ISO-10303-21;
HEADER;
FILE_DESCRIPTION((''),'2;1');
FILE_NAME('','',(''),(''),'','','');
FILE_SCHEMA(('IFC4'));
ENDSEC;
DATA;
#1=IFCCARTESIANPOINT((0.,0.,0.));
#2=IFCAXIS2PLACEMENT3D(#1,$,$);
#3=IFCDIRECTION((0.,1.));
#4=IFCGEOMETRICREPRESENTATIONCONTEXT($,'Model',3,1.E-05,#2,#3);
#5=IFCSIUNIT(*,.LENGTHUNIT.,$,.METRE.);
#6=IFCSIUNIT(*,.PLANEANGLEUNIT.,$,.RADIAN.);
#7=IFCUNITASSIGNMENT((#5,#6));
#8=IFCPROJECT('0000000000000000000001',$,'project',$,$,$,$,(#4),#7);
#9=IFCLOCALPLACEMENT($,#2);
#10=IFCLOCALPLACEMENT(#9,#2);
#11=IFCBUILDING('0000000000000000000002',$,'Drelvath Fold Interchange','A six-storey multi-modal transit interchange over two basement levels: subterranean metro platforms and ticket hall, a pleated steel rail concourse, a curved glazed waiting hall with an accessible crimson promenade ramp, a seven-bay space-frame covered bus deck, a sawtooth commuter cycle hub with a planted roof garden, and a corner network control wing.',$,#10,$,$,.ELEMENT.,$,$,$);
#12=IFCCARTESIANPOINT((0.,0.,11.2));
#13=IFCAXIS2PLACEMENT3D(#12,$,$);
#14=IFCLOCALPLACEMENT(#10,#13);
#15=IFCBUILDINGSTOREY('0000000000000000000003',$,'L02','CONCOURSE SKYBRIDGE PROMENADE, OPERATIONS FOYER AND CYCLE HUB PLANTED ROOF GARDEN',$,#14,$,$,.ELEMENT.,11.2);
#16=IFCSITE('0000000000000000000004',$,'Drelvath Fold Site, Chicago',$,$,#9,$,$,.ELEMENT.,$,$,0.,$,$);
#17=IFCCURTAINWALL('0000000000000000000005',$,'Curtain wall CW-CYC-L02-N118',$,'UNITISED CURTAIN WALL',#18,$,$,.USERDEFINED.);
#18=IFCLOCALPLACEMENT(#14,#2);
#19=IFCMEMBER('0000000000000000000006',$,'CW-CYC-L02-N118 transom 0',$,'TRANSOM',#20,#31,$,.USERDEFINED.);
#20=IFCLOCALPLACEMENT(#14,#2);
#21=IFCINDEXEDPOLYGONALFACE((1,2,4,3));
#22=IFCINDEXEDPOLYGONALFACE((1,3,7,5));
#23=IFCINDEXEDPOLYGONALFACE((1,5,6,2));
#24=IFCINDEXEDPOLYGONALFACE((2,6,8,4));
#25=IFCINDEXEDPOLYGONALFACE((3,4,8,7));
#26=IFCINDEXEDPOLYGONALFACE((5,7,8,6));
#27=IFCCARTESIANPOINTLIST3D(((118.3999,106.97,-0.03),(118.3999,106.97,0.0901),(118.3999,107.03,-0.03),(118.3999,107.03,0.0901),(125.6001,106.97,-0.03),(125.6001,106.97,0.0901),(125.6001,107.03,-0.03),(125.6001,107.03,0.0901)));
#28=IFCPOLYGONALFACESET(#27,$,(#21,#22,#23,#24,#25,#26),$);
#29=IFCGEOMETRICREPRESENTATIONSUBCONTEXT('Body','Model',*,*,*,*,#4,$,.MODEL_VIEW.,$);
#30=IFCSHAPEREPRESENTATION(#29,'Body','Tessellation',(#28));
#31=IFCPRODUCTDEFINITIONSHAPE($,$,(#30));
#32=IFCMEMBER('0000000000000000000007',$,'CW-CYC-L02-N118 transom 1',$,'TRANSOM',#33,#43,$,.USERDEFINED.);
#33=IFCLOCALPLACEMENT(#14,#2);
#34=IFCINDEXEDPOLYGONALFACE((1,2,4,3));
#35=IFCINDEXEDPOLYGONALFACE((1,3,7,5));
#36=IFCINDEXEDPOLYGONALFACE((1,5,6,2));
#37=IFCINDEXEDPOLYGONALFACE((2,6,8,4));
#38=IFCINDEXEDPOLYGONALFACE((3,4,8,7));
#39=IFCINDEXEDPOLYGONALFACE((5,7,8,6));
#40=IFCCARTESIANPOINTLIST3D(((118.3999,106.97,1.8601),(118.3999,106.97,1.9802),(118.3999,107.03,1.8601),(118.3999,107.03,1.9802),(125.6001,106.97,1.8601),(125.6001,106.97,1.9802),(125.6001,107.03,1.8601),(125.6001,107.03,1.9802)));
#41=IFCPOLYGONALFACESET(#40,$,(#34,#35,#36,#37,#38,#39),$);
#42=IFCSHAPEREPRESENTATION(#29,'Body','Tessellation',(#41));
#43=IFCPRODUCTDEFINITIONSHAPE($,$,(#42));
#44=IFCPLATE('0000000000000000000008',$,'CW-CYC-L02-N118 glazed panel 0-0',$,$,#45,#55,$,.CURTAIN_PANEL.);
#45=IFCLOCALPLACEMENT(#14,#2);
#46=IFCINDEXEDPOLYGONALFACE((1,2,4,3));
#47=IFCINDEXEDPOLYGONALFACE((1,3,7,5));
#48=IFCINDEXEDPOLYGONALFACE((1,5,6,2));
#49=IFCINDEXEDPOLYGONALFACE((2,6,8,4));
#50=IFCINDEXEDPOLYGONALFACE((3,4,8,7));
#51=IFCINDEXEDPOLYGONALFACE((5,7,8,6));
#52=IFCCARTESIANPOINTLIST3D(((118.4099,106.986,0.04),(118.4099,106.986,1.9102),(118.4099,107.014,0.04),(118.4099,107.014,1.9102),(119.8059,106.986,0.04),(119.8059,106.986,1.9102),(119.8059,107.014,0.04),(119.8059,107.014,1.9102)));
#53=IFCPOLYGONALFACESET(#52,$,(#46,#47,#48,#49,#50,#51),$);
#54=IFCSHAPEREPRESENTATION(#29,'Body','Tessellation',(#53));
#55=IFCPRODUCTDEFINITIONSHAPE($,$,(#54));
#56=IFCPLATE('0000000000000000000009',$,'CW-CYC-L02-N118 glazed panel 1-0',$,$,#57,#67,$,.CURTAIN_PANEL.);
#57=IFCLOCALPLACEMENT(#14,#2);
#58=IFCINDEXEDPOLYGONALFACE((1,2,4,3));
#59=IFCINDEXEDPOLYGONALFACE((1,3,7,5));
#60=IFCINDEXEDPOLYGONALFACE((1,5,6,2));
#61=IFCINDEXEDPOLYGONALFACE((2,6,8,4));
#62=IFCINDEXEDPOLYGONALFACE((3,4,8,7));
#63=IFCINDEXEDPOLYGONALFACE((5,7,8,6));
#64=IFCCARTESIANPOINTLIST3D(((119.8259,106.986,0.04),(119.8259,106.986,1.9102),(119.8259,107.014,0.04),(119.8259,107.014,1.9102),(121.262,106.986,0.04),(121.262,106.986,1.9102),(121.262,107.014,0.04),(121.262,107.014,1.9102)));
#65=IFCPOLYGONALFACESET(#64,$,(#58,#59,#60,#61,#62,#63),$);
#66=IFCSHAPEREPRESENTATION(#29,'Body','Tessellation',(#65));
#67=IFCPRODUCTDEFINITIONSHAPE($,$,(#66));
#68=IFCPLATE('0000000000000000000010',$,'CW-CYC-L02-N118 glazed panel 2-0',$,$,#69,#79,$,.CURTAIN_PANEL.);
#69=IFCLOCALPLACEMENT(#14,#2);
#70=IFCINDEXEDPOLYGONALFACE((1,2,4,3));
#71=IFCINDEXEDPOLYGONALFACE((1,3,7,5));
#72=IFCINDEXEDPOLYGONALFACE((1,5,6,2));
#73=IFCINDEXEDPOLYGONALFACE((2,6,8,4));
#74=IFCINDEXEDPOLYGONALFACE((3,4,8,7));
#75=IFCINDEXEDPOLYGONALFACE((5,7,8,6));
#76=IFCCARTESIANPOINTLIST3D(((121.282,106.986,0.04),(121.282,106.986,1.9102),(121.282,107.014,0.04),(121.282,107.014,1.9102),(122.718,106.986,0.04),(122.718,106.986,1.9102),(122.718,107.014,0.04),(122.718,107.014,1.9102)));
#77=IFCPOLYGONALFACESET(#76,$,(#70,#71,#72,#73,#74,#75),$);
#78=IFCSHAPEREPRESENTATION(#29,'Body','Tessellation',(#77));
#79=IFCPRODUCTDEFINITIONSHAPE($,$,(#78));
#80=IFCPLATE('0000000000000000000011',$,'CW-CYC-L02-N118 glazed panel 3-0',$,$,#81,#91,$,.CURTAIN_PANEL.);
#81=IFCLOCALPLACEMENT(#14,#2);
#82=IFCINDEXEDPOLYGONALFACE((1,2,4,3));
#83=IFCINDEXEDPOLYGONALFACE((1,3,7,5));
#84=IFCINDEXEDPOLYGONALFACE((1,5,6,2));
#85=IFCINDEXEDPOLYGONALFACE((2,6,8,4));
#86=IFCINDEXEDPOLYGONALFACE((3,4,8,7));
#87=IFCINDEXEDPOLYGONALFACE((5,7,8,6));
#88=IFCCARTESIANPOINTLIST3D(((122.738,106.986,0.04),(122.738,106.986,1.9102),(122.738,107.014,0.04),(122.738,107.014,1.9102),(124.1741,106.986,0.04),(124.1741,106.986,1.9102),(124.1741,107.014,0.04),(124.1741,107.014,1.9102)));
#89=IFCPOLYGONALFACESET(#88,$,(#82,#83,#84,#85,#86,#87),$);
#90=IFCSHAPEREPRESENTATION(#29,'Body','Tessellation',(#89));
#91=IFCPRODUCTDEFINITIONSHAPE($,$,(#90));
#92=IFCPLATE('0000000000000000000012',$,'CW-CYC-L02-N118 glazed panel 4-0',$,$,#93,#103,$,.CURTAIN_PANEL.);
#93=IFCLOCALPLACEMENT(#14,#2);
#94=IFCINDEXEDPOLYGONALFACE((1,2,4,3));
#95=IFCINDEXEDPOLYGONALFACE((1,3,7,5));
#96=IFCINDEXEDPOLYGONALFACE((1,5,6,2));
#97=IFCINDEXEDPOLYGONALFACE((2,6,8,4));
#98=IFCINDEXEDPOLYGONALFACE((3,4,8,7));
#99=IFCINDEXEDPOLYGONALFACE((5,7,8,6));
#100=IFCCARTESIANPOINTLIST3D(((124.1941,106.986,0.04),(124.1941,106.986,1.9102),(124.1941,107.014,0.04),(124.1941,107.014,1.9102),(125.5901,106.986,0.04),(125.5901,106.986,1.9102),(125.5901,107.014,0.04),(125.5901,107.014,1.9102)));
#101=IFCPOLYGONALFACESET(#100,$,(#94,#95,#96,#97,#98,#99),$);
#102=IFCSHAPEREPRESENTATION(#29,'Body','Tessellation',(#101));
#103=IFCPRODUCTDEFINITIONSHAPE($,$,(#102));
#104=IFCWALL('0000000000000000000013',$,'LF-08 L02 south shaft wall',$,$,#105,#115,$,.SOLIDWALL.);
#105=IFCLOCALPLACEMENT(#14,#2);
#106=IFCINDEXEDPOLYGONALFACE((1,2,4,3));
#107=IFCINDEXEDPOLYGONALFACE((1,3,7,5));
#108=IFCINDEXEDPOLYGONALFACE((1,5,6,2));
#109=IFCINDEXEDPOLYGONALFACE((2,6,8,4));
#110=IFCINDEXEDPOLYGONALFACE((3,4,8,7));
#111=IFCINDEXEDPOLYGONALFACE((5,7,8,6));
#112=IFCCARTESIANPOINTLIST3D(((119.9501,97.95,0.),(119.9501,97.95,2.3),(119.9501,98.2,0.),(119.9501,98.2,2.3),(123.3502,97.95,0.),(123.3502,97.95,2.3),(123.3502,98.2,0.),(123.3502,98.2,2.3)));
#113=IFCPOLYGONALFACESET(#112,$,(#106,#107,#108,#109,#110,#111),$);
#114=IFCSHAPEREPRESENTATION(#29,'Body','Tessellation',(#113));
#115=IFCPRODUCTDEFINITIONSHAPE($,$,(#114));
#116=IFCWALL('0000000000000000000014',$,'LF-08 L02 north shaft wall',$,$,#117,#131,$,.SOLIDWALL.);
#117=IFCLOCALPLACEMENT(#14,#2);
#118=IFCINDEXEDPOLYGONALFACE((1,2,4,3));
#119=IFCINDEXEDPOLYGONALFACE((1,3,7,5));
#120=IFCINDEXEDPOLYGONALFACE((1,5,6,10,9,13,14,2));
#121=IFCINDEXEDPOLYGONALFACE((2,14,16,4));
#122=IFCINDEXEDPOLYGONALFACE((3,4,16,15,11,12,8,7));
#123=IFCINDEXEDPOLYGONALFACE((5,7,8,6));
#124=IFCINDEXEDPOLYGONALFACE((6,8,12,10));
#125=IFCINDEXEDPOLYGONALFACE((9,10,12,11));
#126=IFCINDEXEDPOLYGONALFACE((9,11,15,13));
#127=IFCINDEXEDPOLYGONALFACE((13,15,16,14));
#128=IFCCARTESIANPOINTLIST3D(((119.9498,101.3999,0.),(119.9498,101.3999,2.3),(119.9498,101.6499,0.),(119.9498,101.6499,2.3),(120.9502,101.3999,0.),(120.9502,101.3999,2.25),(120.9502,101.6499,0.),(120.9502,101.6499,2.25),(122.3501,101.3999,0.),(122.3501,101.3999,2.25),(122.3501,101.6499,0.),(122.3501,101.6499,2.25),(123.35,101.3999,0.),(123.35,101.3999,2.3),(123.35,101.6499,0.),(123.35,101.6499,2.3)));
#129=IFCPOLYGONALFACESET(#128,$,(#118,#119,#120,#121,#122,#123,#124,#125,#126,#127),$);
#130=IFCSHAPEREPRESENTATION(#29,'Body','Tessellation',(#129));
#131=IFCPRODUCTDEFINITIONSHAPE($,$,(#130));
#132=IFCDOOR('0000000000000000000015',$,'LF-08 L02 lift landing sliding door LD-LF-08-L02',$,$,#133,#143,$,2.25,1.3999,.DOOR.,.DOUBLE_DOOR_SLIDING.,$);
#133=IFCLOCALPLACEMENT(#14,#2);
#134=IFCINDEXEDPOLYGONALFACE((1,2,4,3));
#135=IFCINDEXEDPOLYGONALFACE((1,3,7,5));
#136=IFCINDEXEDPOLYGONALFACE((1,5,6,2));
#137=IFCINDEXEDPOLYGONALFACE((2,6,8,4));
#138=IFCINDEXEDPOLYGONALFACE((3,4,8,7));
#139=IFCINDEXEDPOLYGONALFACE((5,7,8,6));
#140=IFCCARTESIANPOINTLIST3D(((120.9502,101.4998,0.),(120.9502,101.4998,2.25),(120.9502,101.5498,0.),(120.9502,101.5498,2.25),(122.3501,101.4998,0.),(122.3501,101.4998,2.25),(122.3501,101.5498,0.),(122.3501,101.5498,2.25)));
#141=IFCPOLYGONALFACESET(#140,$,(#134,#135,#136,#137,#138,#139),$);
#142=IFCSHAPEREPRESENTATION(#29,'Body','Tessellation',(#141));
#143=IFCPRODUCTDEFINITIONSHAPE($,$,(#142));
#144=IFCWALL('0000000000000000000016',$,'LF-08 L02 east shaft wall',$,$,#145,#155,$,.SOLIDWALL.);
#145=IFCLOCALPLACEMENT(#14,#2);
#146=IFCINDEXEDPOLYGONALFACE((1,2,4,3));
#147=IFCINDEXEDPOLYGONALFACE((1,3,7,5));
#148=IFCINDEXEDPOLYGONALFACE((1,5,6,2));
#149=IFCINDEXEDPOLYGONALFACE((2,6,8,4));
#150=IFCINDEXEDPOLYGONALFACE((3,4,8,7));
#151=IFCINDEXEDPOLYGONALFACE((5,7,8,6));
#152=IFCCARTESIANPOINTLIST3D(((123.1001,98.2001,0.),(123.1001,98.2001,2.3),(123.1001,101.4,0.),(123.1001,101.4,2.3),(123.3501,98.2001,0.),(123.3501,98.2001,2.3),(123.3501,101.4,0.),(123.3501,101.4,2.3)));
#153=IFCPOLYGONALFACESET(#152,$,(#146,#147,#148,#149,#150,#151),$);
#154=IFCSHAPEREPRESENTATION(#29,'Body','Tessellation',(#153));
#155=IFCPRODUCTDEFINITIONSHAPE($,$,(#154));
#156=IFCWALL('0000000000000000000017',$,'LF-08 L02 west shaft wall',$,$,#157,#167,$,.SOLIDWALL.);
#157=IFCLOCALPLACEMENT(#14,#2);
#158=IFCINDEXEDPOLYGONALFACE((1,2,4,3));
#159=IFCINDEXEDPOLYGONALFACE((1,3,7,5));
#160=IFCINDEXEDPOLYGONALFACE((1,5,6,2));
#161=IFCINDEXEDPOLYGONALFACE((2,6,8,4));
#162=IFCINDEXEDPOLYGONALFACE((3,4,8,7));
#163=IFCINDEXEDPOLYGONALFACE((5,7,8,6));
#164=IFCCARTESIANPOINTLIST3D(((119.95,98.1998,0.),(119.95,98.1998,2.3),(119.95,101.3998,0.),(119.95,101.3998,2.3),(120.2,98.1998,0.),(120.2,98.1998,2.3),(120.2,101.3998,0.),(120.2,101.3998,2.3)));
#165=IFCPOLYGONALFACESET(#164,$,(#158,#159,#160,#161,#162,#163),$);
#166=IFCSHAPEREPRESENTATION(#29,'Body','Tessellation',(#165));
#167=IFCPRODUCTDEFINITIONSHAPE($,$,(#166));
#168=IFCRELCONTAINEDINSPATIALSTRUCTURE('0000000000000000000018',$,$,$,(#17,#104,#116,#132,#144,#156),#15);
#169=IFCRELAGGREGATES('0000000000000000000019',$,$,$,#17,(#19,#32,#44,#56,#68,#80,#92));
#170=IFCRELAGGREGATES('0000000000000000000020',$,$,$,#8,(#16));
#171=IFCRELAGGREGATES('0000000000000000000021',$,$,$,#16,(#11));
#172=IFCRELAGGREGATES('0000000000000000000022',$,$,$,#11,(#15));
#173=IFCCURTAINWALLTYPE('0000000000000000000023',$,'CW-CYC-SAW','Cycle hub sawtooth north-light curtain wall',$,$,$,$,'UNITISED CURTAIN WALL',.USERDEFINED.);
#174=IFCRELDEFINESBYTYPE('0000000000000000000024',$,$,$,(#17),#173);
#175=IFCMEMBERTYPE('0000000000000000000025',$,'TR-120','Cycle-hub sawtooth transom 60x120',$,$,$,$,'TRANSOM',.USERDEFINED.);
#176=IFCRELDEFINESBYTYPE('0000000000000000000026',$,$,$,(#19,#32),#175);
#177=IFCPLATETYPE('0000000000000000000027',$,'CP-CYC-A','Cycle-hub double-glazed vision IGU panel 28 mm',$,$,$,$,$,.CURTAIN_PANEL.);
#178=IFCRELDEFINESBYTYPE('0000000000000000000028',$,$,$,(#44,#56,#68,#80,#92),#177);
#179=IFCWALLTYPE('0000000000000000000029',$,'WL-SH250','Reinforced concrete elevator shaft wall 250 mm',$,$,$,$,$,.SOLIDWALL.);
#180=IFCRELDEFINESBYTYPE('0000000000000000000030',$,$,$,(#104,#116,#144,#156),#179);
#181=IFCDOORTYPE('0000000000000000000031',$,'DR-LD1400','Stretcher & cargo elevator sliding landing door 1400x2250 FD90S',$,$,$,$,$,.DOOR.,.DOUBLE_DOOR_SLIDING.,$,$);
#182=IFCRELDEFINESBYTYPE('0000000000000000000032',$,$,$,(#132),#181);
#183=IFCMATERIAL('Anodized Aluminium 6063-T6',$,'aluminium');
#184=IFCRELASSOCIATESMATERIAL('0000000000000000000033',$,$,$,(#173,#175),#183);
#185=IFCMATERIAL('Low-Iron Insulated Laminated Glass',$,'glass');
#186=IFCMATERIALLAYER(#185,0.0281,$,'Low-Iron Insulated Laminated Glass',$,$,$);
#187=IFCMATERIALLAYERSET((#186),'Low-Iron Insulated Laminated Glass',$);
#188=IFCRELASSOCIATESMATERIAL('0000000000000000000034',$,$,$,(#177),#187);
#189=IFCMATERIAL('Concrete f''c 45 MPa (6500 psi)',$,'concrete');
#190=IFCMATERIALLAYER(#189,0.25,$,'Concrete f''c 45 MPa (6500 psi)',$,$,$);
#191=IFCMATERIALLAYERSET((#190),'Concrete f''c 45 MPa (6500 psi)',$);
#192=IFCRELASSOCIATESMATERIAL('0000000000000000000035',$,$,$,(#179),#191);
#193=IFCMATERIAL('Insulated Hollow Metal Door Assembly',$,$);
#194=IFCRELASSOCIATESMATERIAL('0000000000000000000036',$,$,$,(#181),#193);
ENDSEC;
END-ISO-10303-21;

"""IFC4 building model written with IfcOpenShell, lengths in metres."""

from ifc_helpers import new_model, si_unit, direction, frame, frame_2d, origin, origin_2d, place, context, subcontext, project, spatial, rectangle, extrude, material, layer, layer_set, material_profile, profile_set, type_object, element, fill, aggregate, save


model = new_model("IFC4")

# Units and contexts
model_context = context("Model", 3, precision=1e-05, world=origin(), true_north=direction((0.0, 1.0)))
body_context = subcontext(model_context, "Body", "Model", "MODEL_VIEW")
ifc_project = project(units=[si_unit("LENGTHUNIT", "METRE"), si_unit("PLANEANGLEUNIT", "RADIAN")], contexts=[model_context])

# Site, building, storey
site_placement = place(None, origin())
site = spatial("IfcSite", under=ifc_project, at=site_placement, Name="Drelvath Fold Site, Chicago", CompositionType="ELEMENT", RefElevation=0.0)
building_placement = place(site_placement, origin())
building = spatial("IfcBuilding", under=site, at=building_placement, Name="Drelvath Fold Interchange", Description="A six-storey multi-modal transit interchange over two basement levels: subterranean metro platforms and ticket hall, a pleated steel rail concourse, a curved glazed waiting hall with an accessible crimson promenade ramp, a seven-bay space-frame covered bus deck, a sawtooth commuter cycle hub with a planted roof garden, and a corner network control wing.", CompositionType="ELEMENT")
storey_placement = place(building_placement, frame((0.0, 0.0, 11.2)))
storey = spatial("IfcBuildingStorey", under=building, at=storey_placement, Name="L02", Description="CONCOURSE SKYBRIDGE PROMENADE, OPERATIONS FOYER AND CYCLE HUB PLANTED ROOF GARDEN", CompositionType="ELEMENT", Elevation=11.2)

# Curtain wall, members, plates
ifc_material_1 = material(Name="Anodized Aluminium 6063-T6", Category="aluminium")
curtain_wall_type = type_object("IfcCurtainWallType", Name="CW-CYC-SAW", Description="Cycle hub sawtooth north-light curtain wall", ElementType="UNITISED CURTAIN WALL", PredefinedType="USERDEFINED", material=ifc_material_1)
curtain_wall_placement = place(storey_placement, origin())
curtain_wall = element("IfcCurtainWall", 1, at=curtain_wall_placement, inside=storey, type_object=curtain_wall_type, Name="Curtain wall CW-CYC-L02-N118", ObjectType="UNITISED CURTAIN WALL", PredefinedType="USERDEFINED")
ifc_material_profile_1 = material_profile(ifc_material_1, rectangle(XDim=0.0601, YDim=0.1201, at=origin_2d()), Name="AL-T 60x120")
ifc_profile_set_1 = profile_set([ifc_material_profile_1], Name="Anodized Aluminium 6063-T6")
member_type_1 = type_object("IfcMemberType", Name="TR-120", Description="Cycle-hub sawtooth transom 60x120", ElementType="TRANSOM", PredefinedType="USERDEFINED", material=ifc_profile_set_1)
member_1_placement = place(storey_placement, frame((118.3999, 107.0, 0.03), z_axis=(1.0, 0.0, 0.0), x_axis=(0.0, 1.0, 0.0)))
member_1 = element("IfcMember", 2, at=member_1_placement, type_object=member_type_1, Name="CW-CYC-L02-N118 transom 0", ObjectType="TRANSOM", PredefinedType="USERDEFINED", context=body_context, shape_type="SweptSolid", body=[
    extrude(rectangle(XDim=0.0601, YDim=0.1201, at=origin_2d()), origin(), (0.0, 0.0, 1.0), 7.2002),
])
member_2_placement = place(storey_placement, frame((118.3999, 107.0, 1.9202), z_axis=(1.0, 0.0, 0.0), x_axis=(0.0, 1.0, 0.0)))
member_2 = element("IfcMember", 3, at=member_2_placement, type_object=member_type_1, Name="CW-CYC-L02-N118 transom 1", ObjectType="TRANSOM", PredefinedType="USERDEFINED", context=body_context, shape_type="SweptSolid", body=[
    extrude(rectangle(XDim=0.0601, YDim=0.1201, at=origin_2d()), origin(), (0.0, 0.0, 1.0), 7.2002),
])
ifc_material_2 = material(Name="Low-Iron Insulated Laminated Glass", Category="glass")
ifc_layer_1 = layer(ifc_material_2, 0.0281, Name="Low-Iron Insulated Laminated Glass")
ifc_layer_set_1 = layer_set([ifc_layer_1], Name="Low-Iron Insulated Laminated Glass")
plate_type = type_object("IfcPlateType", Name="CP-CYC-A", Description="Cycle-hub double-glazed vision IGU panel 28 mm", PredefinedType="CURTAIN_PANEL", material=ifc_layer_set_1)
plate_1_placement = place(storey_placement, frame((119.1079, 107.0, 0.04), z_axis=(0.0, 0.0, 1.0), x_axis=(1.0, 0.0, 0.0)))
plate_1 = element("IfcPlate", 4, at=plate_1_placement, type_object=plate_type, Name="CW-CYC-L02-N118 glazed panel 0-0", PredefinedType="CURTAIN_PANEL", context=body_context, shape_type="SweptSolid", body=[
    extrude(rectangle(XDim=1.396, YDim=0.0281, at=origin_2d()), origin(), (0.0, 0.0, 1.0), 1.8701),
])
plate_2_placement = place(storey_placement, frame((120.5439, 107.0, 0.04), z_axis=(0.0, 0.0, 1.0), x_axis=(1.0, 0.0, 0.0)))
plate_2 = element("IfcPlate", 5, at=plate_2_placement, type_object=plate_type, Name="CW-CYC-L02-N118 glazed panel 1-0", PredefinedType="CURTAIN_PANEL", context=body_context, shape_type="SweptSolid", body=[
    extrude(rectangle(XDim=1.436, YDim=0.0281, at=origin_2d()), origin(), (0.0, 0.0, 1.0), 1.8701),
])
plate_3_placement = place(storey_placement, frame((122.0, 107.0, 0.04), z_axis=(0.0, 0.0, 1.0), x_axis=(1.0, 0.0, 0.0)))
plate_3 = element("IfcPlate", 6, at=plate_3_placement, type_object=plate_type, Name="CW-CYC-L02-N118 glazed panel 2-0", PredefinedType="CURTAIN_PANEL", context=body_context, shape_type="SweptSolid", body=[
    extrude(rectangle(XDim=1.436, YDim=0.0281, at=origin_2d()), origin(), (0.0, 0.0, 1.0), 1.8701),
])
plate_4_placement = place(storey_placement, frame((123.4561, 107.0, 0.04), z_axis=(0.0, 0.0, 1.0), x_axis=(1.0, 0.0, 0.0)))
plate_4 = element("IfcPlate", 7, at=plate_4_placement, type_object=plate_type, Name="CW-CYC-L02-N118 glazed panel 3-0", PredefinedType="CURTAIN_PANEL", context=body_context, shape_type="SweptSolid", body=[
    extrude(rectangle(XDim=1.436, YDim=0.0281, at=origin_2d()), origin(), (0.0, 0.0, 1.0), 1.8701),
])
plate_5_placement = place(storey_placement, frame((124.8921, 107.0, 0.04), z_axis=(0.0, 0.0, 1.0), x_axis=(1.0, 0.0, 0.0)))
plate_5 = element("IfcPlate", 8, at=plate_5_placement, type_object=plate_type, Name="CW-CYC-L02-N118 glazed panel 4-0", PredefinedType="CURTAIN_PANEL", context=body_context, shape_type="SweptSolid", body=[
    extrude(rectangle(XDim=1.396, YDim=0.0281, at=origin_2d()), origin(), (0.0, 0.0, 1.0), 1.8701),
])
aggregate(curtain_wall, [member_1, member_2, plate_1, plate_2, plate_3, plate_4, plate_5])

# Wall
ifc_material_3 = material(Name="Concrete f'c 45 MPa (6500 psi)", Category="concrete")
ifc_layer_2 = layer(ifc_material_3, 0.25, Name="Concrete f'c 45 MPa (6500 psi)")
ifc_layer_set_2 = layer_set([ifc_layer_2], Name="Concrete f'c 45 MPa (6500 psi)")
wall_type = type_object("IfcWallType", Name="WL-SH250", Description="Reinforced concrete elevator shaft wall 250 mm", PredefinedType="SOLIDWALL", material=ifc_layer_set_2)
wall_1_placement = place(storey_placement, frame((119.95, 98.075, 0.0), z_axis=(0.0, 0.0, 1.0), x_axis=(1.0, 0.0, 0.0)))
element("IfcWall", 9, at=wall_1_placement, inside=storey, type_object=wall_type, Name="LF-08 L02 south shaft wall", PredefinedType="SOLIDWALL", context=body_context, shape_type="SweptSolid", body=[
    extrude(rectangle(XDim=3.4001, YDim=0.25, at=frame_2d((1.7002, 0.0))), origin(), (0.0, 0.0, 1.0), 2.3),
])

# Wall, opening, door
wall_2_placement = place(storey_placement, frame((123.3501, 101.5249, 0.0), z_axis=(0.0, 0.0, 1.0), x_axis=(-1.0, 0.0, 0.0)))
wall_2 = element("IfcWall", 10, at=wall_2_placement, inside=storey, type_object=wall_type, Name="LF-08 L02 north shaft wall", PredefinedType="SOLIDWALL", context=body_context, shape_type="SweptSolid", body=[
    extrude(rectangle(XDim=3.4001, YDim=0.25, at=frame_2d((1.7002, 0.0))), origin(), (0.0, 0.0, 1.0), 2.3),
])
opening_placement = place(wall_2_placement, frame((1.0, 0.0, 0.0)))
opening = element("IfcOpeningElement", 11, at=opening_placement, cuts=wall_2, PredefinedType="OPENING", context=body_context, shape_type="SweptSolid", body=[
    extrude(rectangle(XDim=1.3999, YDim=2.25, at=frame_2d((0.7, 1.125))), frame((0.0, 0.135, 0.0), z_axis=(0.0, -1.0, 0.0), x_axis=(1.0, 0.0, 0.0)), (0.0, 0.0, 1.0), 0.27),
])
ifc_material_4 = material(Name="Insulated Hollow Metal Door Assembly")
door_type = type_object("IfcDoorType", Name="DR-LD1400", Description="Stretcher & cargo elevator sliding landing door 1400x2250 FD90S", OperationType="DOUBLE_DOOR_SLIDING", PredefinedType="DOOR", material=ifc_material_4)
door_placement = place(opening_placement, frame((1.3999, 0.0, 0.0), z_axis=(0.0, 0.0, 1.0), x_axis=(-1.0, 0.0, 0.0)))
door = element("IfcDoor", 12, at=door_placement, inside=storey, type_object=door_type, Name="LF-08 L02 lift landing sliding door LD-LF-08-L02", OperationType="DOUBLE_DOOR_SLIDING", OverallHeight=2.25, OverallWidth=1.3999, PredefinedType="DOOR", context=body_context, shape_type="SweptSolid", body=[
    extrude(rectangle(XDim=1.3999, YDim=2.25, at=frame_2d((0.7, 1.125))), frame((0.0, 0.0249, 0.0), z_axis=(0.0, -1.0, 0.0), x_axis=(1.0, 0.0, 0.0)), (0.0, 0.0, 1.0), 0.05),
])
fill(opening, door)

# Walls
for number, where, z_axis, x_axis, name in (
    (13, (123.2251, 98.2, 0.0), (0.0, 0.0, 1.0), (0.0, 1.0, 0.0), "LF-08 L02 east shaft wall"),
    (14, (120.075, 101.3999, 0.0), (0.0, 0.0, 1.0), (0.0, -1.0, 0.0), "LF-08 L02 west shaft wall"),
):
    element("IfcWall", number, at=place(storey_placement, frame(where, z_axis=z_axis, x_axis=x_axis)), inside=storey, type_object=wall_type, Name=name, PredefinedType="SOLIDWALL", context=body_context, shape_type="SweptSolid", body=[
        extrude(rectangle(XDim=3.2, YDim=0.25, at=frame_2d((1.6001, 0.0))), origin(), (0.0, 0.0, 1.0), 2.3),
    ])

save(model, "model.ifc")
